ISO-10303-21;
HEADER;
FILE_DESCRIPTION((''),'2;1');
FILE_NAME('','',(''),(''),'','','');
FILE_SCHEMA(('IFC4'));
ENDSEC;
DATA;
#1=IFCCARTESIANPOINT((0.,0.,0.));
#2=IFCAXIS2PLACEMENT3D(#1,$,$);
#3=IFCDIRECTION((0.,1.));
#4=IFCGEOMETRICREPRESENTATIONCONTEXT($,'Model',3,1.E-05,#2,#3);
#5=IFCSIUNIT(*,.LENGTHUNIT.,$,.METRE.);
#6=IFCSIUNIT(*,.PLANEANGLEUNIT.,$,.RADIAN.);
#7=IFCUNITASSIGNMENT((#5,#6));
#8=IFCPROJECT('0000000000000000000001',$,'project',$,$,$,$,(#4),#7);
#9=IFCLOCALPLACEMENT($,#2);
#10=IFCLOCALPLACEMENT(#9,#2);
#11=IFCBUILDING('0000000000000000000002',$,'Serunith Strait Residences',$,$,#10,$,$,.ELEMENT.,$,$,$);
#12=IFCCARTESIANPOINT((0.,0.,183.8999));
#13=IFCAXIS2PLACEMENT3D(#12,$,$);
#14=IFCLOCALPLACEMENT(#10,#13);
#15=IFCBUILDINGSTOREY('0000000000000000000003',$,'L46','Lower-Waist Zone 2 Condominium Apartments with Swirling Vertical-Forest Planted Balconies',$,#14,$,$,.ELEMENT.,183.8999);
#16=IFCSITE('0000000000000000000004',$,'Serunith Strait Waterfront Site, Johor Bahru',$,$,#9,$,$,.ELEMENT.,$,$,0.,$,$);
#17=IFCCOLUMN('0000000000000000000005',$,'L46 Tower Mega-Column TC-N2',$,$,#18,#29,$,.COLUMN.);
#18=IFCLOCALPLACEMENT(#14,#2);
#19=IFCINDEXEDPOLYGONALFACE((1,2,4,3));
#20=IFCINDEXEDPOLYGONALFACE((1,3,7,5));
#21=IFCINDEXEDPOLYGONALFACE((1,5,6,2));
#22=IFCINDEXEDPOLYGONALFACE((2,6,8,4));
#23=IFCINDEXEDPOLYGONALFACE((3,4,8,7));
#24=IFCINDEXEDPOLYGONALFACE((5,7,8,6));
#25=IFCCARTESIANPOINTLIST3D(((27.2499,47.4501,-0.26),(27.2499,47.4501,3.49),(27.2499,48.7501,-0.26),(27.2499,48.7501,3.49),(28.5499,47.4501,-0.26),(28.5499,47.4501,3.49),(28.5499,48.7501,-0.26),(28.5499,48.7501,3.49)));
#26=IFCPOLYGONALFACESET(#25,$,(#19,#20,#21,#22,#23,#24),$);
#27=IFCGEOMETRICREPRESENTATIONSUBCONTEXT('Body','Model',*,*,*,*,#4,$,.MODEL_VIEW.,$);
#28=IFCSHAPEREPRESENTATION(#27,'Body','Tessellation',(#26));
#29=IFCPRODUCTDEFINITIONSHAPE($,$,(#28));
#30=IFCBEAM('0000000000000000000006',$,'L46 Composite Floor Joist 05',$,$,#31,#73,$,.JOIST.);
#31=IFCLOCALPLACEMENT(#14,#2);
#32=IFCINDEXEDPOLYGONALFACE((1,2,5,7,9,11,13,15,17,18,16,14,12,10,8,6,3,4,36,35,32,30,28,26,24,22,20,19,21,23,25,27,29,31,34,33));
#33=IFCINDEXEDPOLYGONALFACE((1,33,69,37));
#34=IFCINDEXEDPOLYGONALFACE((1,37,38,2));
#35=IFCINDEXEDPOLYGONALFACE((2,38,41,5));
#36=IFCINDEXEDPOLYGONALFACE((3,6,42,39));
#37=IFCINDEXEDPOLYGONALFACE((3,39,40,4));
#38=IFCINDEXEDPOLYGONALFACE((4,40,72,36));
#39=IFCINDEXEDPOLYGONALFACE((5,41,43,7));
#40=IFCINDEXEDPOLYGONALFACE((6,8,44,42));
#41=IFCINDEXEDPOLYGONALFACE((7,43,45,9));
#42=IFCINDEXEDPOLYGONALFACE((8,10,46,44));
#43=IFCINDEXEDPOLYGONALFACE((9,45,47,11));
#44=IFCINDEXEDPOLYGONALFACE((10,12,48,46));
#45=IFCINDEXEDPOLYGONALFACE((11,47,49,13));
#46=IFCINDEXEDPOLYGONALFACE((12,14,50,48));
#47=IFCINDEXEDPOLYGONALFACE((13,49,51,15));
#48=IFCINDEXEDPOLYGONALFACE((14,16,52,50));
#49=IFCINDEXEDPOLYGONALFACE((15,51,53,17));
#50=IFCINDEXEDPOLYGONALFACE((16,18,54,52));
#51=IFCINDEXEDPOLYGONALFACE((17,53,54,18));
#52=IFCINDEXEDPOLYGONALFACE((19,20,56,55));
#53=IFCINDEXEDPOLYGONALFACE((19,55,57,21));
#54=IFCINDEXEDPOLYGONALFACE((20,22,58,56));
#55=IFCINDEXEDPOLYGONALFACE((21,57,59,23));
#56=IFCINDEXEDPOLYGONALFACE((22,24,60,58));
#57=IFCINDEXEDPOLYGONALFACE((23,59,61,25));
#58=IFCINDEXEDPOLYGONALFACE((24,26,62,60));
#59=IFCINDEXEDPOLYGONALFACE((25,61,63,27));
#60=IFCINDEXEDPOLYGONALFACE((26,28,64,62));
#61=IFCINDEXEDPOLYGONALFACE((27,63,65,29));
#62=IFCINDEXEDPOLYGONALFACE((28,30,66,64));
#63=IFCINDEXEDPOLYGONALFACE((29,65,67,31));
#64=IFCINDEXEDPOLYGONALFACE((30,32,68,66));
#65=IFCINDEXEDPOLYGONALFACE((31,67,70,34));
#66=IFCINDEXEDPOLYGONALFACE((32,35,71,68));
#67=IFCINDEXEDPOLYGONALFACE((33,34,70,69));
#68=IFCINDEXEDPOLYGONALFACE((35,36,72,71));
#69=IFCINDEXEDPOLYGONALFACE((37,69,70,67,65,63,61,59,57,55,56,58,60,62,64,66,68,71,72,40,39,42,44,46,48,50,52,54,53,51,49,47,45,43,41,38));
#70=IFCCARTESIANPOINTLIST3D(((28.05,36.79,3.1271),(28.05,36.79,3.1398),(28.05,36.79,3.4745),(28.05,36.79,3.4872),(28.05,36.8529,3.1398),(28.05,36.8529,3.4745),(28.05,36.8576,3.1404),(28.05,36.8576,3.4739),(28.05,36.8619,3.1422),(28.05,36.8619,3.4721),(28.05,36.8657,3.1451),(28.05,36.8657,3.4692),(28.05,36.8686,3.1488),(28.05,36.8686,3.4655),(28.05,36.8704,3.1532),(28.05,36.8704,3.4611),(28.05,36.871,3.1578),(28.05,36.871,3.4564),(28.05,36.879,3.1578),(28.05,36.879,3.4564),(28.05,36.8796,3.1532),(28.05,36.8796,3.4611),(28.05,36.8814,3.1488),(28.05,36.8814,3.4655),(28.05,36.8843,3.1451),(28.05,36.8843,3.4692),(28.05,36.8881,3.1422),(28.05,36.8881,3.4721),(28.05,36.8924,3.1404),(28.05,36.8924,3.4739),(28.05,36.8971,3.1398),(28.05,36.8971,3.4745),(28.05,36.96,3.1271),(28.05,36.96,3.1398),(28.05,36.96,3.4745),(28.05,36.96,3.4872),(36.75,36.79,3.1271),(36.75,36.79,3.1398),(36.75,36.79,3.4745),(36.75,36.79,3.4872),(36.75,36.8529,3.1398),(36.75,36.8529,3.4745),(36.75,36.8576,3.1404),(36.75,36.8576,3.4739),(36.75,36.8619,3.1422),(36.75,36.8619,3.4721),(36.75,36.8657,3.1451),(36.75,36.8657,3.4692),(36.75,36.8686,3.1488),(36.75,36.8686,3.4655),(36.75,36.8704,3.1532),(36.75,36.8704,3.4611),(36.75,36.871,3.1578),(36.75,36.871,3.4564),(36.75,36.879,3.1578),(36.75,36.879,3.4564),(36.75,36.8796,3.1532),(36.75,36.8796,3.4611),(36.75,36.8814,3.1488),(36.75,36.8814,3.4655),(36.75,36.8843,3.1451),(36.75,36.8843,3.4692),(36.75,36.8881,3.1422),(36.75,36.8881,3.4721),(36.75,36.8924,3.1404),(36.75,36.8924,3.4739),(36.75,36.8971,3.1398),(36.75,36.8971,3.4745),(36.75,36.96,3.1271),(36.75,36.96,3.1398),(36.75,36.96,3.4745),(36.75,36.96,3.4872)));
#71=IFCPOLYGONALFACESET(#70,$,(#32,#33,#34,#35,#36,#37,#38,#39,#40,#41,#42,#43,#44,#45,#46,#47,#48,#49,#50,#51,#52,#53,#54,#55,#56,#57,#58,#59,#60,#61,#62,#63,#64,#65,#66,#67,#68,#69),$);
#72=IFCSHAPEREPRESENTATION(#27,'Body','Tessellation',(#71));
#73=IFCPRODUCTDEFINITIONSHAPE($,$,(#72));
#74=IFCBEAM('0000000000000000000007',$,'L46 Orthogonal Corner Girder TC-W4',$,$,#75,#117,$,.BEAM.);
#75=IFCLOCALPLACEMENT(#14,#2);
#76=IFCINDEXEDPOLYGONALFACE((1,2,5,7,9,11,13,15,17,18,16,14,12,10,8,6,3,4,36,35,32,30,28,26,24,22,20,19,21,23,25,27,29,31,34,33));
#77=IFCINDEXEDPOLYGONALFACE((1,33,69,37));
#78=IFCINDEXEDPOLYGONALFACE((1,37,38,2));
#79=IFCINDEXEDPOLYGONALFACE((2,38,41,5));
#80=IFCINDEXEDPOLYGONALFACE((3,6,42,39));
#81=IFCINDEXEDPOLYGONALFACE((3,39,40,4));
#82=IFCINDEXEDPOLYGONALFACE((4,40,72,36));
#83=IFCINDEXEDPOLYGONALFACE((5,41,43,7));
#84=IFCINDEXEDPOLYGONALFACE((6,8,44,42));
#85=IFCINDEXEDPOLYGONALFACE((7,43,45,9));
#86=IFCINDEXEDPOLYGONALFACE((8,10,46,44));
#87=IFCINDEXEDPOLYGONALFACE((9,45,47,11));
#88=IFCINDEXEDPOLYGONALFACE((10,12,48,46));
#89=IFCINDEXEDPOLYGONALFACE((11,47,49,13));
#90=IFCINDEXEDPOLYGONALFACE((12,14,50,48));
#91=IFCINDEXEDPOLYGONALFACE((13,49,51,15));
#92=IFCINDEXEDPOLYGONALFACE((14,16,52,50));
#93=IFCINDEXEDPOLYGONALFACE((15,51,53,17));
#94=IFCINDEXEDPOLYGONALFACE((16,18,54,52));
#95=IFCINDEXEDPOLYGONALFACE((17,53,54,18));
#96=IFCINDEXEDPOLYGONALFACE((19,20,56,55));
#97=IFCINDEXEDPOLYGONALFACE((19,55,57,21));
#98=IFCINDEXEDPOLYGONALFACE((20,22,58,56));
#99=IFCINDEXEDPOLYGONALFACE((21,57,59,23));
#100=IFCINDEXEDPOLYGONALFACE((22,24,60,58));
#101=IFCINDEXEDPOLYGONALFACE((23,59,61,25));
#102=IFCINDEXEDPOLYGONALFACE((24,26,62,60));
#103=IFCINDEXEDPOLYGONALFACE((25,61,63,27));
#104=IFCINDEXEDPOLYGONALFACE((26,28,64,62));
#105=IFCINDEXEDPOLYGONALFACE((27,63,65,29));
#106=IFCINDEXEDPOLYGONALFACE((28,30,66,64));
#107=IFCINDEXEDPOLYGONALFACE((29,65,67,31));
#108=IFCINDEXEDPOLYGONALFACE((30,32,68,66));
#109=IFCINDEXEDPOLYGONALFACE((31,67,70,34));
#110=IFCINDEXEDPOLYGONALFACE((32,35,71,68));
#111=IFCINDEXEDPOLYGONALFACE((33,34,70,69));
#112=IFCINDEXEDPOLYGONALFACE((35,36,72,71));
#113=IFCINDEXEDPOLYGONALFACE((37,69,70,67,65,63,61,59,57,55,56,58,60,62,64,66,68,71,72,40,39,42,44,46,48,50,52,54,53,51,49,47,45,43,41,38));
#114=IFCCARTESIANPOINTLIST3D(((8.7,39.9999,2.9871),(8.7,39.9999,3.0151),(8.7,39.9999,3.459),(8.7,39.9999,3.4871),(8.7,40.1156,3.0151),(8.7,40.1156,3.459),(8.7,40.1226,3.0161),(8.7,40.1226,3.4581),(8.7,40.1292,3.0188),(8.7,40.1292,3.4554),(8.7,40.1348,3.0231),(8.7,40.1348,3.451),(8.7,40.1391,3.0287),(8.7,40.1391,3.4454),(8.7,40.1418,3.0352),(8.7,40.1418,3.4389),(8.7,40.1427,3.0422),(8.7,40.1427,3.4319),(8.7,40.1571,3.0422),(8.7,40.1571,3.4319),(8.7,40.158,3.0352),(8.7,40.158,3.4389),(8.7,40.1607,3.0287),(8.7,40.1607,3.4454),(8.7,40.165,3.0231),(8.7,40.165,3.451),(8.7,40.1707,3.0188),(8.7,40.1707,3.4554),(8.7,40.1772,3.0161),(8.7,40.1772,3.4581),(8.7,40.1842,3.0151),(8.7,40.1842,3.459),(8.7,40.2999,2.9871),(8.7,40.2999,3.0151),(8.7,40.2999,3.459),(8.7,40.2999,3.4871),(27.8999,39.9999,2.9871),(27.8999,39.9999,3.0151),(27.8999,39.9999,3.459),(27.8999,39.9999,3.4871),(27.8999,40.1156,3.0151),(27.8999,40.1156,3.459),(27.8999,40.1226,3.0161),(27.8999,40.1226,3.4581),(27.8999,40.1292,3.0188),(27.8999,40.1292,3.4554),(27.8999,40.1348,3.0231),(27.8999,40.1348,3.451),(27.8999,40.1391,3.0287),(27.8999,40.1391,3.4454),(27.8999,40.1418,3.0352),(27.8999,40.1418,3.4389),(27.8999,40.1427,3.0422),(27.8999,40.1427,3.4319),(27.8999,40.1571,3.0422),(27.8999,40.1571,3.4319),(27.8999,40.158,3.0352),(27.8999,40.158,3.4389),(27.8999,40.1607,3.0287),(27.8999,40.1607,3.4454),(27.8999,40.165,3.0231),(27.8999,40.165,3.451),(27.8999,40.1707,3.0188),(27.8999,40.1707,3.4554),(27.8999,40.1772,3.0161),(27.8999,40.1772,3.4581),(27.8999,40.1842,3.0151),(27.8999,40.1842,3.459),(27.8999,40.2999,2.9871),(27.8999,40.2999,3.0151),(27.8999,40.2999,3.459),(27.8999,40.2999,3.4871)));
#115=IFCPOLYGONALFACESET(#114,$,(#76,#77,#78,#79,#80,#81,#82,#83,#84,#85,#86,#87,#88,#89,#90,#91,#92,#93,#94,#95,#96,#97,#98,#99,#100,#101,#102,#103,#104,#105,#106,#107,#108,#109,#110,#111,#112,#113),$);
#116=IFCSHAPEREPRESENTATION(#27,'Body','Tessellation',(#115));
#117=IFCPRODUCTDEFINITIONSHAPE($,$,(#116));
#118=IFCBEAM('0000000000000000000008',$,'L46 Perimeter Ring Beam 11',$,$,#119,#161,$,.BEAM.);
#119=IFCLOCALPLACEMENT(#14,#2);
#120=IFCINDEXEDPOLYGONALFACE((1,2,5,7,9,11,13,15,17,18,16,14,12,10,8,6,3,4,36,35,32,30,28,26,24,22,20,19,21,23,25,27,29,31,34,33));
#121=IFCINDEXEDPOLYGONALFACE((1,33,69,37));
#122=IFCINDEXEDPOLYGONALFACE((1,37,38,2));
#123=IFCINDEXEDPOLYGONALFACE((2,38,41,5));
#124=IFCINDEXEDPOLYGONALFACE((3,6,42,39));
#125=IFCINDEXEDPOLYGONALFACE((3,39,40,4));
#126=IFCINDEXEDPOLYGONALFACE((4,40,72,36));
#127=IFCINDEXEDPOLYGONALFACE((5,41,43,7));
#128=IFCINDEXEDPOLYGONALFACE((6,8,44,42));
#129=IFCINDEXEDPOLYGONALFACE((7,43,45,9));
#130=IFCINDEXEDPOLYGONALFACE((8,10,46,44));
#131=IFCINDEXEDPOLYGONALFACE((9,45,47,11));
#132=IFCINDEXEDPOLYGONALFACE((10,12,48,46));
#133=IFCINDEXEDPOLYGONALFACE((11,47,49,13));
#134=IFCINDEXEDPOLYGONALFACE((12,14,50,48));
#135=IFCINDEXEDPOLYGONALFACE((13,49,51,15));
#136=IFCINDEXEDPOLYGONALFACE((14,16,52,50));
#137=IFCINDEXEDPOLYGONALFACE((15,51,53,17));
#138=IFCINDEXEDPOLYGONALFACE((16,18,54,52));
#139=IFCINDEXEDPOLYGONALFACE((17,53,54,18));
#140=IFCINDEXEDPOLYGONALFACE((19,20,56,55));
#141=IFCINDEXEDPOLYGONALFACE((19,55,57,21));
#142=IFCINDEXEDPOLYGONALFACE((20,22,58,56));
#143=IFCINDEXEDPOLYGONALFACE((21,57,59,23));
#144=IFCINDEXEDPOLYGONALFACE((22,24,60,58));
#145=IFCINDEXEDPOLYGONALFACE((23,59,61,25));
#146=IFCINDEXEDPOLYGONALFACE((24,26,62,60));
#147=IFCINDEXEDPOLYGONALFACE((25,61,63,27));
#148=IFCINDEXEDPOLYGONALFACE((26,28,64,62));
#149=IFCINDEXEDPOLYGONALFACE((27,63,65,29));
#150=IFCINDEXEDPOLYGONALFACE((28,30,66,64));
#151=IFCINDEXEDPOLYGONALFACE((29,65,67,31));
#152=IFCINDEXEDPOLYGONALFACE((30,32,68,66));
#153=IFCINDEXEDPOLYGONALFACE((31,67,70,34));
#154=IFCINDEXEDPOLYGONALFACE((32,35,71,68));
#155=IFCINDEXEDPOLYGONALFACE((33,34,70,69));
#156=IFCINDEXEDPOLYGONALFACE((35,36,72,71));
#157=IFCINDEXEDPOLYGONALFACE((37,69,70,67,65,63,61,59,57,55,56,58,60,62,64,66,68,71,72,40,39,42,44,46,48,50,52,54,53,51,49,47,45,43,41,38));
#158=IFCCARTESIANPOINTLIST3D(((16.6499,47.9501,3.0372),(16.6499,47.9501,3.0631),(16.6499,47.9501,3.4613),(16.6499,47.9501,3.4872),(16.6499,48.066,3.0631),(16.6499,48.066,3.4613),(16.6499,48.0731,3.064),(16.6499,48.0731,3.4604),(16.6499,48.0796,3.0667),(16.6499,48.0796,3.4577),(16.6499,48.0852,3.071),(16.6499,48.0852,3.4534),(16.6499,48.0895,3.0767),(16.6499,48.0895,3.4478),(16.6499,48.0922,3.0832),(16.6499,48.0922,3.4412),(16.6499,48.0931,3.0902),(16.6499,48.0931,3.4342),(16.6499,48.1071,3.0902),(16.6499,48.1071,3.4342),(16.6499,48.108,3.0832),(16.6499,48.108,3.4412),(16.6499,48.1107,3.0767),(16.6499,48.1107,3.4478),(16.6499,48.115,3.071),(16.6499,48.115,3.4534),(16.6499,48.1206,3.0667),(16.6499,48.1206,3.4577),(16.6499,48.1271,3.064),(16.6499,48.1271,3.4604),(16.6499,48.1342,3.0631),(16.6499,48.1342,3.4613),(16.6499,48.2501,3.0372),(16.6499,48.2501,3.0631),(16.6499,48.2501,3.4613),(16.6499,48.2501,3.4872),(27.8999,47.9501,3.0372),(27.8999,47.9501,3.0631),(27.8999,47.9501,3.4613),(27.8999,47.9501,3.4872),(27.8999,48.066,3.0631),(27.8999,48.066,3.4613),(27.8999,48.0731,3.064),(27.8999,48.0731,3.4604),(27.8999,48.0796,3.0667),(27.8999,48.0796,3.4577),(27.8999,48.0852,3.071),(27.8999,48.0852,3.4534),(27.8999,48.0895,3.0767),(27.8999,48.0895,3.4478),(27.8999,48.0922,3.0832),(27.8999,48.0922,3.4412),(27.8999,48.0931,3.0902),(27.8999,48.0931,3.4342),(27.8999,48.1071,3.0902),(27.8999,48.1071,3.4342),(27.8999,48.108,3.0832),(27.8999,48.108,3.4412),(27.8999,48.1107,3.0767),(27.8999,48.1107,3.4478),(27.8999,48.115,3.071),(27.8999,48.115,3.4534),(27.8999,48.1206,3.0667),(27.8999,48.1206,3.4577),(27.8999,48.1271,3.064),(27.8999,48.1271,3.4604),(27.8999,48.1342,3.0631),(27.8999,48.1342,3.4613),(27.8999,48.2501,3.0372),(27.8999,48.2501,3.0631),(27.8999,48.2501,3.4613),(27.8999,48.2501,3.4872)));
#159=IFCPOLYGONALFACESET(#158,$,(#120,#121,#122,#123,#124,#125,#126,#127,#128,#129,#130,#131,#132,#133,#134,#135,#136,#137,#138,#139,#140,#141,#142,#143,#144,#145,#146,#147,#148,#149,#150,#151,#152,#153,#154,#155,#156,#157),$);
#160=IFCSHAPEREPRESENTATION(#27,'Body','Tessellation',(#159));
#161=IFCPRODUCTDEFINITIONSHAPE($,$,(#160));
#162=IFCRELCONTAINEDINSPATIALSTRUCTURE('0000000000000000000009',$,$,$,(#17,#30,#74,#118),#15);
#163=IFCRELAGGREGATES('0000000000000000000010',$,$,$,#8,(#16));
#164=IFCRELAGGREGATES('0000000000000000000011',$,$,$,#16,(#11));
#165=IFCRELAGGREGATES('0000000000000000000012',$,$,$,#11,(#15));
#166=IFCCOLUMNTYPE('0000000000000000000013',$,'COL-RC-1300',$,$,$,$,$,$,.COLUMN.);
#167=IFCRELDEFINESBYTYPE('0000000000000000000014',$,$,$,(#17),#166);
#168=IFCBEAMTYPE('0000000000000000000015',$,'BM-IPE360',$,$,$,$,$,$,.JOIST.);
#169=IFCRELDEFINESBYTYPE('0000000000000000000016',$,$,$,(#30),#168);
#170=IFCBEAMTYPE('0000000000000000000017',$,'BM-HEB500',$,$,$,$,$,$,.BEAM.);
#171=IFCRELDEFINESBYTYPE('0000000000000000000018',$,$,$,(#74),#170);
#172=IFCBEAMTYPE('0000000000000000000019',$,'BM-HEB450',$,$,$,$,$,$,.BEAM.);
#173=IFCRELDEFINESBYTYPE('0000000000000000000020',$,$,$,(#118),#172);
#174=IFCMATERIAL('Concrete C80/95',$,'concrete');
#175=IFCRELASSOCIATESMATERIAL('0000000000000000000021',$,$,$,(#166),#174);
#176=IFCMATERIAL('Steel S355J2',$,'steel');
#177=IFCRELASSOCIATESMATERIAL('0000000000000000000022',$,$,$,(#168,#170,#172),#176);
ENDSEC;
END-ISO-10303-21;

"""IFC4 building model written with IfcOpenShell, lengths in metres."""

from ifc_helpers import new_model, si_unit, direction, frame, origin, origin_2d, place, context, subcontext, project, spatial, rectangle, i_section, extrude, source, transform, mapped, material, material_profile, profile_set, type_object, element, save


model = new_model("IFC4")

# Units and contexts
model_context = context("Model", 3, precision=1e-05, world=origin(), true_north=direction((0.0, 1.0)))
body_context = subcontext(model_context, "Body", "Model", "MODEL_VIEW")
ifc_project = project(units=[si_unit("LENGTHUNIT", "METRE"), si_unit("PLANEANGLEUNIT", "RADIAN")], contexts=[model_context])

# Site, building, storey
site_placement = place(None, origin())
site = spatial("IfcSite", under=ifc_project, at=site_placement, Name="Serunith Strait Waterfront Site, Johor Bahru", CompositionType="ELEMENT", RefElevation=0.0)
building_placement = place(site_placement, origin())
building = spatial("IfcBuilding", under=site, at=building_placement, Name="Serunith Strait Residences", CompositionType="ELEMENT")
storey_placement = place(building_placement, frame((0.0, 0.0, 183.8999)))
storey = spatial("IfcBuildingStorey", under=building, at=storey_placement, Name="L46", Description="Lower-Waist Zone 2 Condominium Apartments with Swirling Vertical-Forest Planted Balconies", CompositionType="ELEMENT", Elevation=183.8999)

# Column
ifc_material_1 = material(Name="Concrete C80/95", Category="concrete")
ifc_material_profile_1 = material_profile(ifc_material_1, rectangle(XDim=1.3, YDim=1.3, at=origin_2d()), Name="RC 1300x1300")
ifc_profile_set_1 = profile_set([ifc_material_profile_1], Name="Concrete C80/95")
column_type = type_object("IfcColumnType", Name="COL-RC-1300", PredefinedType="COLUMN", material=ifc_profile_set_1)
shared_shape_1 = source(origin(), body_context, "Body", "SweptSolid", [
    extrude(rectangle(XDim=1.3, YDim=1.3, at=origin_2d()), origin(), (0.0, 0.0, 1.0), 3.75),
])
column_placement = place(storey_placement, frame((27.8999, 48.1001, -0.26), z_axis=(0.0, 0.0, 1.0), x_axis=(1.0, 0.0, 0.0)))
element("IfcColumn", 1, at=column_placement, inside=storey, type_object=column_type, Name="L46 Tower Mega-Column TC-N2", PredefinedType="COLUMN", context=body_context, shape_type="MappedRepresentation", body=[
    mapped(shared_shape_1, transform((0.0, 0.0, 0.0), scale=1.0)),
])

# Beams
ifc_material_2 = material(Name="Steel S355J2", Category="steel")
ifc_material_profile_2 = material_profile(ifc_material_2, i_section(OverallWidth=0.1699, OverallDepth=0.3601, WebThickness=0.0081, FlangeThickness=0.0127, FilletRadius=0.0181, at=origin_2d()), Name="IPE 360")
ifc_profile_set_2 = profile_set([ifc_material_profile_2], Name="Steel S355J2")
beam_type_1 = type_object("IfcBeamType", Name="BM-IPE360", PredefinedType="JOIST", material=ifc_profile_set_2)
shared_shape_2 = source(origin(), body_context, "Body", "SweptSolid", [
    extrude(i_section(OverallWidth=0.1699, OverallDepth=0.3601, WebThickness=0.0081, FlangeThickness=0.0127, FilletRadius=0.0181, at=origin_2d()), origin(), (0.0, 0.0, 1.0), 8.7),
])
beam_1_placement = place(storey_placement, frame((28.05, 36.875, 3.3071), z_axis=(1.0, 0.0, 0.0), x_axis=(0.0, 1.0, 0.0)))
element("IfcBeam", 2, at=beam_1_placement, inside=storey, type_object=beam_type_1, Name="L46 Composite Floor Joist 05", PredefinedType="JOIST", context=body_context, shape_type="MappedRepresentation", body=[
    mapped(shared_shape_2, transform((0.0, 0.0, 0.0), scale=1.0)),
])
ifc_material_profile_3 = material_profile(ifc_material_2, i_section(OverallWidth=0.3, OverallDepth=0.5, WebThickness=0.0144, FlangeThickness=0.0281, FilletRadius=0.0271, at=origin_2d()), Name="HEB 500")
ifc_profile_set_3 = profile_set([ifc_material_profile_3], Name="Steel S355J2")
beam_type_2 = type_object("IfcBeamType", Name="BM-HEB500", PredefinedType="BEAM", material=ifc_profile_set_3)
shared_shape_3 = source(origin(), body_context, "Body", "SweptSolid", [
    extrude(i_section(OverallWidth=0.3, OverallDepth=0.5, WebThickness=0.0144, FlangeThickness=0.0281, FilletRadius=0.0271, at=origin_2d()), origin(), (0.0, 0.0, 1.0), 19.2),
])
beam_2_placement = place(storey_placement, frame((27.8999, 40.1499, 3.2371), z_axis=(-1.0, 0.0, 0.0), x_axis=(0.0, -1.0, 0.0)))
element("IfcBeam", 3, at=beam_2_placement, inside=storey, type_object=beam_type_2, Name="L46 Orthogonal Corner Girder TC-W4", PredefinedType="BEAM", context=body_context, shape_type="MappedRepresentation", body=[
    mapped(shared_shape_3, transform((0.0, 0.0, 0.0), scale=1.0)),
])
ifc_material_profile_4 = material_profile(ifc_material_2, i_section(OverallWidth=0.3, OverallDepth=0.45, WebThickness=0.0139, FlangeThickness=0.0259, FilletRadius=0.0271, at=origin_2d()), Name="HEB 450")
ifc_profile_set_4 = profile_set([ifc_material_profile_4], Name="Steel S355J2")
beam_type_3 = type_object("IfcBeamType", Name="BM-HEB450", PredefinedType="BEAM", material=ifc_profile_set_4)
shared_shape_4 = source(origin(), body_context, "Body", "SweptSolid", [
    extrude(i_section(OverallWidth=0.3, OverallDepth=0.45, WebThickness=0.0139, FlangeThickness=0.0259, FilletRadius=0.0271, at=origin_2d()), origin(), (0.0, 0.0, 1.0), 11.25),
])
beam_3_placement = place(storey_placement, frame((27.8999, 48.1001, 3.2622), z_axis=(-1.0, 0.0, 0.0), x_axis=(0.0, -1.0, 0.0)))
element("IfcBeam", 4, at=beam_3_placement, inside=storey, type_object=beam_type_3, Name="L46 Perimeter Ring Beam 11", PredefinedType="BEAM", context=body_context, shape_type="MappedRepresentation", body=[
    mapped(shared_shape_4, transform((0.0, 0.0, 0.0), scale=1.0)),
])

save(model, "model.ifc")
